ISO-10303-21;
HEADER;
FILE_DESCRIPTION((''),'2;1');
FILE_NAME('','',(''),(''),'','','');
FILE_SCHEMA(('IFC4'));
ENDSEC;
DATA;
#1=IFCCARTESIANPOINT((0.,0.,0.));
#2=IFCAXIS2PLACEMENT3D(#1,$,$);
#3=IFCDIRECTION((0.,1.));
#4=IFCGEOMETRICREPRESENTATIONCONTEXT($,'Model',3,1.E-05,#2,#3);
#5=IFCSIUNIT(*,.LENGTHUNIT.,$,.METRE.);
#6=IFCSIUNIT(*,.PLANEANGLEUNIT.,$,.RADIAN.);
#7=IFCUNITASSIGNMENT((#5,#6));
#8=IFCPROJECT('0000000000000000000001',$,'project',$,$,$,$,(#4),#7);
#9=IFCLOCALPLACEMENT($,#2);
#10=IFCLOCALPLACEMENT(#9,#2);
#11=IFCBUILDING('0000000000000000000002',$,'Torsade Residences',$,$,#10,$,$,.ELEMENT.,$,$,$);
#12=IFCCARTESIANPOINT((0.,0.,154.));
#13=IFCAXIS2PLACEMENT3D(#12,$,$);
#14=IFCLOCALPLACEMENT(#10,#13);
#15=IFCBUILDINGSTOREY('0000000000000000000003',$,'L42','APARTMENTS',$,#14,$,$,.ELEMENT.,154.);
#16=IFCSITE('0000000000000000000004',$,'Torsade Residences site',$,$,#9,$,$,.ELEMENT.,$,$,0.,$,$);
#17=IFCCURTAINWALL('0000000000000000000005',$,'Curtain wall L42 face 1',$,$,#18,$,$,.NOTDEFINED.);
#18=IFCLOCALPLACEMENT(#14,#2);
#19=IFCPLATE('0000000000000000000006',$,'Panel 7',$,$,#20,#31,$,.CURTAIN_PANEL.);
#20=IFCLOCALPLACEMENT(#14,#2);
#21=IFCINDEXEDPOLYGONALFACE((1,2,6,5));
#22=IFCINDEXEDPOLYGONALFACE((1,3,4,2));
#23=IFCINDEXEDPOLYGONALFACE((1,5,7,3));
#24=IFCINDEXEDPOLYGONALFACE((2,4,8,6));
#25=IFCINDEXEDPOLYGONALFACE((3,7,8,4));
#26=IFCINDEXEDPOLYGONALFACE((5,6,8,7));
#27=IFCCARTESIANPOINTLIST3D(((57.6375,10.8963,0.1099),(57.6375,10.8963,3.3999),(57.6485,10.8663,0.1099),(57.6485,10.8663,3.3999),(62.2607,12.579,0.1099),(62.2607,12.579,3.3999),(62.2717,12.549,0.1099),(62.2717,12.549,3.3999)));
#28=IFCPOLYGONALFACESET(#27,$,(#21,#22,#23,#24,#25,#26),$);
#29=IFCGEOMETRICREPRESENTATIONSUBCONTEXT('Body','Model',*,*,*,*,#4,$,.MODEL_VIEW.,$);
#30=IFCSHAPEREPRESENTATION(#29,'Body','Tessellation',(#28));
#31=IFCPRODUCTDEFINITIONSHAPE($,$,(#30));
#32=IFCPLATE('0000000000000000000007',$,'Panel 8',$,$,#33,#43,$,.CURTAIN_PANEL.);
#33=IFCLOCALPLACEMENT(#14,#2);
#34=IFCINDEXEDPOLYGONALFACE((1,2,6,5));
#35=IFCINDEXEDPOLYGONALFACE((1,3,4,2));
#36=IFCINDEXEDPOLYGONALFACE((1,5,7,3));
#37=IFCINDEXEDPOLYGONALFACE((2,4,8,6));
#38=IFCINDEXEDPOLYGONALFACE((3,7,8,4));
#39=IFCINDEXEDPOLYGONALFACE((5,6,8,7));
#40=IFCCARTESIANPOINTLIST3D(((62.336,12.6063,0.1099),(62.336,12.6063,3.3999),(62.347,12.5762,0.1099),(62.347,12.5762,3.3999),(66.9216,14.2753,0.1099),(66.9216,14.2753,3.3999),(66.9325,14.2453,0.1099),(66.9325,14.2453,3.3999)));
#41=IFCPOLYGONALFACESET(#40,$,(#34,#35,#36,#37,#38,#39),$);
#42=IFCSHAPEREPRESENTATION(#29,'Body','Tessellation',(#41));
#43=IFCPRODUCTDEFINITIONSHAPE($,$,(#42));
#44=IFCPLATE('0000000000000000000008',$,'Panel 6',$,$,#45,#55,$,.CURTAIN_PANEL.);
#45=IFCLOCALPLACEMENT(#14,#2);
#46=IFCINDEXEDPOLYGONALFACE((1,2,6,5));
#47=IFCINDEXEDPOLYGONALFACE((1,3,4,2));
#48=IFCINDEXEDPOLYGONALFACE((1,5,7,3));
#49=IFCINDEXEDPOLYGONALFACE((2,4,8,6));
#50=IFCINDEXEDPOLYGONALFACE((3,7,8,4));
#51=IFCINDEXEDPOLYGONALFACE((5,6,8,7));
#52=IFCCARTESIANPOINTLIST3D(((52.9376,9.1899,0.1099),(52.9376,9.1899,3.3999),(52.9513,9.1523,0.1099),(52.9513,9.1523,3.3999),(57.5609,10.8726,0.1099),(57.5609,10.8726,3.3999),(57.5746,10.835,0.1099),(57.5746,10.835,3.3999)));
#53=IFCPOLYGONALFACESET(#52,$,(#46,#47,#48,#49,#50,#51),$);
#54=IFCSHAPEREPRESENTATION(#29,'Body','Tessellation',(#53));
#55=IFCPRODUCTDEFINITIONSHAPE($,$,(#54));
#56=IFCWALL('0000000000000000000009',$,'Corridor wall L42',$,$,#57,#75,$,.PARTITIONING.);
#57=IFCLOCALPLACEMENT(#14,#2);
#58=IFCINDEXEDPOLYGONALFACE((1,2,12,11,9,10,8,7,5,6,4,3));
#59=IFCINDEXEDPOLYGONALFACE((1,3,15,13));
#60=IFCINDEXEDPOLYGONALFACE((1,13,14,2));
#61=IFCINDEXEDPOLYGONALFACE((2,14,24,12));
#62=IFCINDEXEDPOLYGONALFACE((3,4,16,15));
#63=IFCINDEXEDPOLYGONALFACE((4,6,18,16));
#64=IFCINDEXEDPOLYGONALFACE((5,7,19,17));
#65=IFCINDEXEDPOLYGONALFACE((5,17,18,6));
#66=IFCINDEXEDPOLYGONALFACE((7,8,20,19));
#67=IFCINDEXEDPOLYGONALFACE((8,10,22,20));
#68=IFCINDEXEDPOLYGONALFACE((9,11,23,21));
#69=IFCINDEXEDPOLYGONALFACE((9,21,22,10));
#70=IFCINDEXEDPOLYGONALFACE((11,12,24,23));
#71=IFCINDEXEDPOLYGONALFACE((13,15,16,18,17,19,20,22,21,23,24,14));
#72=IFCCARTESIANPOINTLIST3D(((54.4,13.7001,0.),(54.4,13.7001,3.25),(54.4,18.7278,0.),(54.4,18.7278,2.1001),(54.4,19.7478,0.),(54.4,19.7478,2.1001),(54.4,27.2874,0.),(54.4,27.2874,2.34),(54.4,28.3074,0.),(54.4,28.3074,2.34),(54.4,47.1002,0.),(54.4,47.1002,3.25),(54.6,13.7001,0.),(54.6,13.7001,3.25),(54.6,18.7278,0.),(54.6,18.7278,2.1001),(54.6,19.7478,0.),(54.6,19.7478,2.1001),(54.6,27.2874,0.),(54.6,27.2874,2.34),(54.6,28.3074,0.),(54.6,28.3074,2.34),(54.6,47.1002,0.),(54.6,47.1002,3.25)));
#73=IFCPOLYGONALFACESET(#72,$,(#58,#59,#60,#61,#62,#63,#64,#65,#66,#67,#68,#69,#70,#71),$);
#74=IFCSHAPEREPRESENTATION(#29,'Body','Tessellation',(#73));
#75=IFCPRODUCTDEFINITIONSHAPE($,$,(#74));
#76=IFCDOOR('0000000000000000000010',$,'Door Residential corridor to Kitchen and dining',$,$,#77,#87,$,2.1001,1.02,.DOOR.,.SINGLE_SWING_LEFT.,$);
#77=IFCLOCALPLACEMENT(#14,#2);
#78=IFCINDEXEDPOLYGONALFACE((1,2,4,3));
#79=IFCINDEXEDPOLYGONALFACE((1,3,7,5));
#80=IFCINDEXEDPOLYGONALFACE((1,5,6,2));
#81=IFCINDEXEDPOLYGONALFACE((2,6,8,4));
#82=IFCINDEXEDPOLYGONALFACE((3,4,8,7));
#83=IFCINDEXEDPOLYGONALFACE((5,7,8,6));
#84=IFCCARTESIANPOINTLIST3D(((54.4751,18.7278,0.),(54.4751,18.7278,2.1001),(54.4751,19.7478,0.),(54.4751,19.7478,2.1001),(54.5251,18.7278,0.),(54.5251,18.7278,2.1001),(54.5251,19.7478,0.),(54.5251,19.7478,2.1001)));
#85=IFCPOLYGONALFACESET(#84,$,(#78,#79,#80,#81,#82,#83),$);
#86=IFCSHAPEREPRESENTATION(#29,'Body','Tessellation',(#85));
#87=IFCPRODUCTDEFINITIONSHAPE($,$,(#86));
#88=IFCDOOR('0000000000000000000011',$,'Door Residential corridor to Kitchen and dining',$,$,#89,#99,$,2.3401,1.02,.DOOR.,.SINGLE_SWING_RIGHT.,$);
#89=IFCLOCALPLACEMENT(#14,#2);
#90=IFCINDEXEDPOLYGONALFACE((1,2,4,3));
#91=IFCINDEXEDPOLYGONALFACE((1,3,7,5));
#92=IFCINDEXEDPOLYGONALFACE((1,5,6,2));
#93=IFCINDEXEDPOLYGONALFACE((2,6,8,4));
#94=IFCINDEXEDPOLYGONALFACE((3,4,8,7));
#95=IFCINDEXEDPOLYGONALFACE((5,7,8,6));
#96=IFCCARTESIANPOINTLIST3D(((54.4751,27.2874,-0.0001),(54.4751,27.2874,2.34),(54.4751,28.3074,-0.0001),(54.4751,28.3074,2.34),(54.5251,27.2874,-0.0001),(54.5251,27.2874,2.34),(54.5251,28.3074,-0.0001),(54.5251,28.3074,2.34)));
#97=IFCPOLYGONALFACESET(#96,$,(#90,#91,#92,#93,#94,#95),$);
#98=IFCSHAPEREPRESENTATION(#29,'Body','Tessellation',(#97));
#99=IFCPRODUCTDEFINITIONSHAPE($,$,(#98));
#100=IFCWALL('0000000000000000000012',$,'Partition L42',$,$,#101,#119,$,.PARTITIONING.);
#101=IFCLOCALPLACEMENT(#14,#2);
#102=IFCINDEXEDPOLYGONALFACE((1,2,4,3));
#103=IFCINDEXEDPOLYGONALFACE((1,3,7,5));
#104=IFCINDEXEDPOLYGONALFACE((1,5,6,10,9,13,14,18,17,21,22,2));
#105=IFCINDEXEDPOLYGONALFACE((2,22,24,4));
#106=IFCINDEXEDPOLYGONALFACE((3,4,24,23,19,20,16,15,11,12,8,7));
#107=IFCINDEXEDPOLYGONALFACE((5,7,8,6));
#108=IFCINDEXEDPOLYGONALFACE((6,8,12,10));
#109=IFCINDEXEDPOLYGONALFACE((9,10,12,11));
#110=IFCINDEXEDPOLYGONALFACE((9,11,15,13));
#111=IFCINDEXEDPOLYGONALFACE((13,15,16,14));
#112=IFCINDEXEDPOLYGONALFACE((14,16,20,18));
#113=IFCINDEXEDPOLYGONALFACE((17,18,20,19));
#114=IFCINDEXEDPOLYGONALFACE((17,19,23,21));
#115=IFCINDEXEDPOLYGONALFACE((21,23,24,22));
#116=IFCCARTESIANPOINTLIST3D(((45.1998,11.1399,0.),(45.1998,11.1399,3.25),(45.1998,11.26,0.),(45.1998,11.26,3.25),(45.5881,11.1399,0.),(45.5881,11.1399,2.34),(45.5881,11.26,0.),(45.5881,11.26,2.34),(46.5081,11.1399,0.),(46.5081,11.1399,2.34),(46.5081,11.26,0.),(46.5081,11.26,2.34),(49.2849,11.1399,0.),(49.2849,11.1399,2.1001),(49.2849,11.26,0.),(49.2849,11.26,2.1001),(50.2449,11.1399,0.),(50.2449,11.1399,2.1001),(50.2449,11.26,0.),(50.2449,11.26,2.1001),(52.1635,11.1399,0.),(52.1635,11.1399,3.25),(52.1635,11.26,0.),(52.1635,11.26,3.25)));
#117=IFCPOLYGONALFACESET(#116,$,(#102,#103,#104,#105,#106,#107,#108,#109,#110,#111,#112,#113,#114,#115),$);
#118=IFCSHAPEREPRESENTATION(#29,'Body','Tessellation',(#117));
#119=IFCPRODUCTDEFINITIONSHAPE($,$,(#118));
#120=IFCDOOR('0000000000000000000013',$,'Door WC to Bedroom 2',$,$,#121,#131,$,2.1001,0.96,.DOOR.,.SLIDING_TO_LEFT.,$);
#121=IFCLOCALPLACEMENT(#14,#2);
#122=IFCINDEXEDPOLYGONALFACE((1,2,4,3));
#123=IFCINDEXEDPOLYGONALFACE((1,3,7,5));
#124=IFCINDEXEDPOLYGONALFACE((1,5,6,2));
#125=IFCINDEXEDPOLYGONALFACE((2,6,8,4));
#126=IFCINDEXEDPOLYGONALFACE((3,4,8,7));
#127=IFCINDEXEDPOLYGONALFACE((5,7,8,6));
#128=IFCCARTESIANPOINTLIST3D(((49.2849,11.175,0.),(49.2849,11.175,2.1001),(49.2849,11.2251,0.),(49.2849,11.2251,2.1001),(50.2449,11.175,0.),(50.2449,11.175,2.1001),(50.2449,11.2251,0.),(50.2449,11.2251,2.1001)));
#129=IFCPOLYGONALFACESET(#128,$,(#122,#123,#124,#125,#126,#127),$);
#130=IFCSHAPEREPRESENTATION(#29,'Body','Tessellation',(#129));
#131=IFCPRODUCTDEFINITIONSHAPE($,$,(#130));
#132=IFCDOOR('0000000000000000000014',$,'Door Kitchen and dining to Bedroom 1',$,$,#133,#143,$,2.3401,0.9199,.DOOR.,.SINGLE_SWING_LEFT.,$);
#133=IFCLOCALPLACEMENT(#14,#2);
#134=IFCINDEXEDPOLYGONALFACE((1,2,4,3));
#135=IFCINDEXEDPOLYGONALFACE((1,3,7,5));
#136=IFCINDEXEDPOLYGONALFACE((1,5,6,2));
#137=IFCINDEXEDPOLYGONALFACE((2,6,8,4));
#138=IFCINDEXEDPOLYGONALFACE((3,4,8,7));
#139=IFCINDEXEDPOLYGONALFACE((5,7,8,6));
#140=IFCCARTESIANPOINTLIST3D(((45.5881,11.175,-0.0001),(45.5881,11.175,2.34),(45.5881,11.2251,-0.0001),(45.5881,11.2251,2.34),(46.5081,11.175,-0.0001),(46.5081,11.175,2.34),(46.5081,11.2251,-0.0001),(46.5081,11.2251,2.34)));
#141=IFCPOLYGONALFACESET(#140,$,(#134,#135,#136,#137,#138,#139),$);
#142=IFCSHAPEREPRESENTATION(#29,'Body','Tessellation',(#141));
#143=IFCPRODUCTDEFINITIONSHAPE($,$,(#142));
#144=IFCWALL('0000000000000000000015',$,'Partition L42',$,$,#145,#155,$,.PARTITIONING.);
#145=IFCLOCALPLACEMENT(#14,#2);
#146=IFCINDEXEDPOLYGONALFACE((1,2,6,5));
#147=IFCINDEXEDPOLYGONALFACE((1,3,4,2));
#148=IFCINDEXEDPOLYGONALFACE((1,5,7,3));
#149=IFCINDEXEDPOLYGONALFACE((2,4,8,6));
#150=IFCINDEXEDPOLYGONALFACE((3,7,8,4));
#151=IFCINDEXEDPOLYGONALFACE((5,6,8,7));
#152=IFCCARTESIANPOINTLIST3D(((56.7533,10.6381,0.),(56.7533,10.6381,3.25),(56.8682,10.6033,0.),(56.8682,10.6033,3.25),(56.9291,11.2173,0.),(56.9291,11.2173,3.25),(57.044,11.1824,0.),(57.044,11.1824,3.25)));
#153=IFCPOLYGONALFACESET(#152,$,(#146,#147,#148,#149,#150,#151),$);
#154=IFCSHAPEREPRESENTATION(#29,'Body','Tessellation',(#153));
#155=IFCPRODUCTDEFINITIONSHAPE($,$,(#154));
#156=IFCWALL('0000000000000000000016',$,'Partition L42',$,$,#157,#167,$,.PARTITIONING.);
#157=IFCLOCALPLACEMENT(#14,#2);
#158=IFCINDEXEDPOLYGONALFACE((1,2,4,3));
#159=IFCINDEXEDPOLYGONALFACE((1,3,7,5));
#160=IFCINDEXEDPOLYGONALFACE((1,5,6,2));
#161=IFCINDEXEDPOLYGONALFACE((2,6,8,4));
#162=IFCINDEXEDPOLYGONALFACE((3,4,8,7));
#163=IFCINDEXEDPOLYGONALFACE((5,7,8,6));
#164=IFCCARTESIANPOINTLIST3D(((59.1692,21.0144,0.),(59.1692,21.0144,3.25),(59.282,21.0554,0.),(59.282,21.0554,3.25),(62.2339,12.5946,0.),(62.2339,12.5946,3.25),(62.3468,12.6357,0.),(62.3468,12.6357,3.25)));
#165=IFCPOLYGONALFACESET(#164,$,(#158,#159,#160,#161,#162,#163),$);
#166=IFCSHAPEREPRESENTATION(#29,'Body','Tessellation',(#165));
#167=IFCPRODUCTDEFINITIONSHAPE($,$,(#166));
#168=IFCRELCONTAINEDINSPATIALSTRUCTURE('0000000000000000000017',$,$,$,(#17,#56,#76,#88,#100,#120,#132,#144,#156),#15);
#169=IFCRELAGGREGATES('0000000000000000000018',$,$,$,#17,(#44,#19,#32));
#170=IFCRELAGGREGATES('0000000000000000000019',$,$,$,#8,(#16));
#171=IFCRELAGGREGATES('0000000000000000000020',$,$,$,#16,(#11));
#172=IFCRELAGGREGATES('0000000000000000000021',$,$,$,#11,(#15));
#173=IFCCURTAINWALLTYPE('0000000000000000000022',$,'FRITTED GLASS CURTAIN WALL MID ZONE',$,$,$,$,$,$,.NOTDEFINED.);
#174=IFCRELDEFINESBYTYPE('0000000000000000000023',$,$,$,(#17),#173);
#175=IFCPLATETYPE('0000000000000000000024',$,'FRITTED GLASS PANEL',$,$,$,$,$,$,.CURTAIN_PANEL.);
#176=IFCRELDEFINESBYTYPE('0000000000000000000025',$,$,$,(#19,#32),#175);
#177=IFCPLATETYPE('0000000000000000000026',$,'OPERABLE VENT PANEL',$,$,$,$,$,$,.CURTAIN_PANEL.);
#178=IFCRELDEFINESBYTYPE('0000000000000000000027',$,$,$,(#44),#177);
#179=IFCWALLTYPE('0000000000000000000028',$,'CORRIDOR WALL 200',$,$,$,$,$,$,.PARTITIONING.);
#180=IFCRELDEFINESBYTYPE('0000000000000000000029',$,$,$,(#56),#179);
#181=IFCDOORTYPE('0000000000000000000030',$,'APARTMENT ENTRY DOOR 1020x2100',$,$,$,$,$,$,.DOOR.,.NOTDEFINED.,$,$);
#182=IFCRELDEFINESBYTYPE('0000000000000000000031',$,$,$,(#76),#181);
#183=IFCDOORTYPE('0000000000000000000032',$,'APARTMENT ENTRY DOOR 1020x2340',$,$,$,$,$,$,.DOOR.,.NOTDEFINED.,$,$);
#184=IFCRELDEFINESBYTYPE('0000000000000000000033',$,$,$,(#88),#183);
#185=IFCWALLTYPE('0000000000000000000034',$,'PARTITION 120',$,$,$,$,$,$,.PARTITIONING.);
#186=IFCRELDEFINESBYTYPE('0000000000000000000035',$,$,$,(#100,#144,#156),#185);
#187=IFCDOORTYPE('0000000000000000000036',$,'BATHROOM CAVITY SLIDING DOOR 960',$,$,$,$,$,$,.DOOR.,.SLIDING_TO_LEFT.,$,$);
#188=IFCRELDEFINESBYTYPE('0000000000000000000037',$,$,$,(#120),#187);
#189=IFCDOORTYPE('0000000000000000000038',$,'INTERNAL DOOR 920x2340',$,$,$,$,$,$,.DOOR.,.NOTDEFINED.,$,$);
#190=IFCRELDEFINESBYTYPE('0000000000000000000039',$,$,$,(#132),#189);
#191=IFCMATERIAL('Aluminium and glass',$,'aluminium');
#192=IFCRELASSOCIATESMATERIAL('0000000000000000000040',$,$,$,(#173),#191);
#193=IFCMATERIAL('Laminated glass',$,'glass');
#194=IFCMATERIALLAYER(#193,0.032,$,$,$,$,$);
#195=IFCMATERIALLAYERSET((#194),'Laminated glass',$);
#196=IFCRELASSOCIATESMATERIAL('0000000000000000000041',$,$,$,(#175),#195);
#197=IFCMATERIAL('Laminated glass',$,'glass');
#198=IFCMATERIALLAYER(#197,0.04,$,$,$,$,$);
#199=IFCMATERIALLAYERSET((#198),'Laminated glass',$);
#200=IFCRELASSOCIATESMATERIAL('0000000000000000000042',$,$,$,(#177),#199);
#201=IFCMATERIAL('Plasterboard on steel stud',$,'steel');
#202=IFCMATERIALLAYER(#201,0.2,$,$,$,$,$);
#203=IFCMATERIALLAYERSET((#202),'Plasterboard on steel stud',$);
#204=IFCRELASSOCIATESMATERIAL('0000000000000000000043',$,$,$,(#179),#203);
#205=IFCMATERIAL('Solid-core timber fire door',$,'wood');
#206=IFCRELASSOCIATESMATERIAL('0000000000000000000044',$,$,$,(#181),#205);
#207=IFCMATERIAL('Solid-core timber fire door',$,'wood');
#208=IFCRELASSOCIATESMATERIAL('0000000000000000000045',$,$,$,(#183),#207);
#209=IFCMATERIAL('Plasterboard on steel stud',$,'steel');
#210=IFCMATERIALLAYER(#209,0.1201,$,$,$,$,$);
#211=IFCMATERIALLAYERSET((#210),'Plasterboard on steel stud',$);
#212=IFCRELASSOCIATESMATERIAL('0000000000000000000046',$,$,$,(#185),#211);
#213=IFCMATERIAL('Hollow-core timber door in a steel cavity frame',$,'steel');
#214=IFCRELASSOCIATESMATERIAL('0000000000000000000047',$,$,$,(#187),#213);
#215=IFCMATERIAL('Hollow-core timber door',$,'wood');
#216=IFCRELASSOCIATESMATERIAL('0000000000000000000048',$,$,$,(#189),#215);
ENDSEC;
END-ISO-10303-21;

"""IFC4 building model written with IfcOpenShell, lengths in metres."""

from ifc_helpers import new_model, si_unit, direction, frame, frame_2d, origin, origin_2d, place, context, subcontext, project, spatial, rectangle, extrude, material, layer, layer_set, type_object, element, fill, aggregate, save


model = new_model("IFC4")

# Units and contexts
model_context = context("Model", 3, precision=1e-05, world=origin(), true_north=direction((0.0, 1.0)))
body_context = subcontext(model_context, "Body", "Model", "MODEL_VIEW")
ifc_project = project(units=[si_unit("LENGTHUNIT", "METRE"), si_unit("PLANEANGLEUNIT", "RADIAN")], contexts=[model_context])

# Site, building, storey
site_placement = place(None, origin())
site = spatial("IfcSite", under=ifc_project, at=site_placement, Name="Torsade Residences site", CompositionType="ELEMENT", RefElevation=0.0)
building_placement = place(site_placement, origin())
building = spatial("IfcBuilding", under=site, at=building_placement, Name="Torsade Residences", CompositionType="ELEMENT")
storey_placement = place(building_placement, frame((0.0, 0.0, 154.0)))
storey = spatial("IfcBuildingStorey", under=building, at=storey_placement, Name="L42", Description="APARTMENTS", CompositionType="ELEMENT", Elevation=154.0)

# Curtain wall
ifc_material_1 = material(Name="Aluminium and glass", Category="aluminium")
curtain_wall_type = type_object("IfcCurtainWallType", Name="FRITTED GLASS CURTAIN WALL MID ZONE", PredefinedType="NOTDEFINED", material=ifc_material_1)
curtain_wall_placement = place(storey_placement, origin())
curtain_wall = element("IfcCurtainWall", 1, at=curtain_wall_placement, inside=storey, type_object=curtain_wall_type, Name="Curtain wall L42 face 1", PredefinedType="NOTDEFINED")

# Plates
ifc_material_2 = material(Name="Laminated glass", Category="glass")
ifc_layer_1 = layer(ifc_material_2, 0.032)
ifc_layer_set_1 = layer_set([ifc_layer_1], Name="Laminated glass")
plate_type_1 = type_object("IfcPlateType", Name="FRITTED GLASS PANEL", PredefinedType="CURTAIN_PANEL", material=ifc_layer_set_1)
plate_1_placement = place(storey_placement, frame((59.9546, 11.7227, 0.1099), z_axis=(0.0, 0.0, 1.0), x_axis=(0.939693, 0.34202, 0.0)))
plate_1 = element("IfcPlate", 2, at=plate_1_placement, type_object=plate_type_1, Name="Panel 7", PredefinedType="CURTAIN_PANEL", context=body_context, shape_type="SweptSolid", body=[
    extrude(rectangle(XDim=4.9199, YDim=0.032, at=origin_2d()), origin(), (0.0, 0.0, 1.0), 3.29),
])
plate_2_placement = place(storey_placement, frame((64.6343, 13.4258, 0.1099), z_axis=(0.0, 0.0, 1.0), x_axis=(0.939693, 0.34202, 0.0)))
plate_2 = element("IfcPlate", 3, at=plate_2_placement, type_object=plate_type_1, Name="Panel 8", PredefinedType="CURTAIN_PANEL", context=body_context, shape_type="SweptSolid", body=[
    extrude(rectangle(XDim=4.8799, YDim=0.032, at=origin_2d()), origin(), (0.0, 0.0, 1.0), 3.29),
])
ifc_material_3 = material(Name="Laminated glass", Category="glass")
ifc_layer_2 = layer(ifc_material_3, 0.04)
ifc_layer_set_2 = layer_set([ifc_layer_2], Name="Laminated glass")
plate_type_2 = type_object("IfcPlateType", Name="OPERABLE VENT PANEL", PredefinedType="CURTAIN_PANEL", material=ifc_layer_set_2)
plate_3_placement = place(storey_placement, frame((55.2561, 10.0125, 0.1099), z_axis=(0.0, 0.0, 1.0), x_axis=(0.939693, 0.34202, 0.0)))
plate_3 = element("IfcPlate", 4, at=plate_3_placement, type_object=plate_type_2, Name="Panel 6", PredefinedType="CURTAIN_PANEL", context=body_context, shape_type="SweptSolid", body=[
    extrude(rectangle(XDim=4.9199, YDim=0.04, at=origin_2d()), origin(), (0.0, 0.0, 1.0), 3.29),
])
aggregate(curtain_wall, [plate_3, plate_1, plate_2])

# Walls, openings, doors
ifc_material_4 = material(Name="Plasterboard on steel stud", Category="steel")
ifc_layer_3 = layer(ifc_material_4, 0.2)
ifc_layer_set_3 = layer_set([ifc_layer_3], Name="Plasterboard on steel stud")
wall_type_1 = type_object("IfcWallType", Name="CORRIDOR WALL 200", PredefinedType="PARTITIONING", material=ifc_layer_set_3)
wall_1_placement = place(storey_placement, frame((54.5, 13.7, 0.0), z_axis=(0.0, 0.0, 1.0), x_axis=(0.0, 1.0, 0.0)))
wall_1 = element("IfcWall", 5, at=wall_1_placement, inside=storey, type_object=wall_type_1, Name="Corridor wall L42", PredefinedType="PARTITIONING", context=body_context, shape_type="SweptSolid", body=[
    extrude(rectangle(XDim=33.4001, YDim=0.2, at=frame_2d((16.7002, 0.0))), origin(), (0.0, 0.0, 1.0), 3.25),
])
opening_1_placement = place(wall_1_placement, frame((5.0278, 0.0, 0.0)))
opening_1 = element("IfcOpeningElement", 6, at=opening_1_placement, cuts=wall_1, PredefinedType="OPENING", context=body_context, shape_type="SweptSolid", body=[
    extrude(rectangle(XDim=1.02, YDim=2.1001, at=frame_2d((0.51, 1.05))), frame((0.0, 0.1099, 0.0), z_axis=(0.0, -1.0, 0.0), x_axis=(1.0, 0.0, 0.0)), (0.0, 0.0, 1.0), 0.22),
])
opening_2_placement = place(wall_1_placement, frame((13.5874, 0.0, 0.0)))
opening_2 = element("IfcOpeningElement", 7, at=opening_2_placement, cuts=wall_1, PredefinedType="OPENING", context=body_context, shape_type="SweptSolid", body=[
    extrude(rectangle(XDim=1.02, YDim=2.3401, at=frame_2d((0.51, 1.1699))), frame((0.0, 0.1099, 0.0), z_axis=(0.0, -1.0, 0.0), x_axis=(1.0, 0.0, 0.0)), (0.0, 0.0, 1.0), 0.22),
])
ifc_material_5 = material(Name="Solid-core timber fire door", Category="wood")
door_type_1 = type_object("IfcDoorType", Name="APARTMENT ENTRY DOOR 1020x2100", OperationType="NOTDEFINED", PredefinedType="DOOR", material=ifc_material_5)
door_1_placement = place(opening_1_placement, origin())
door_1 = element("IfcDoor", 8, at=door_1_placement, inside=storey, type_object=door_type_1, Name="Door Residential corridor to Kitchen and dining", OperationType="SINGLE_SWING_LEFT", OverallHeight=2.1001, OverallWidth=1.02, PredefinedType="DOOR", context=body_context, shape_type="SweptSolid", body=[
    extrude(rectangle(XDim=1.02, YDim=2.1001, at=frame_2d((0.51, 1.05))), frame((0.0, 0.0249, 0.0), z_axis=(0.0, -1.0, 0.0), x_axis=(1.0, 0.0, 0.0)), (0.0, 0.0, 1.0), 0.05),
])
fill(opening_1, door_1)
ifc_material_6 = material(Name="Solid-core timber fire door", Category="wood")
door_type_2 = type_object("IfcDoorType", Name="APARTMENT ENTRY DOOR 1020x2340", OperationType="NOTDEFINED", PredefinedType="DOOR", material=ifc_material_6)
door_2_placement = place(opening_2_placement, origin())
door_2 = element("IfcDoor", 9, at=door_2_placement, inside=storey, type_object=door_type_2, Name="Door Residential corridor to Kitchen and dining", OperationType="SINGLE_SWING_RIGHT", OverallHeight=2.3401, OverallWidth=1.02, PredefinedType="DOOR", context=body_context, shape_type="SweptSolid", body=[
    extrude(rectangle(XDim=1.02, YDim=2.3401, at=frame_2d((0.51, 1.1699))), frame((0.0, 0.0249, 0.0), z_axis=(0.0, -1.0, 0.0), x_axis=(1.0, 0.0, 0.0)), (0.0, 0.0, 1.0), 0.05),
])
fill(opening_2, door_2)
ifc_material_7 = material(Name="Plasterboard on steel stud", Category="steel")
ifc_layer_4 = layer(ifc_material_7, 0.1201)
ifc_layer_set_4 = layer_set([ifc_layer_4], Name="Plasterboard on steel stud")
wall_type_2 = type_object("IfcWallType", Name="PARTITION 120", PredefinedType="PARTITIONING", material=ifc_layer_set_4)
wall_2_placement = place(storey_placement, frame((52.1636, 11.2, 0.0), z_axis=(0.0, 0.0, 1.0), x_axis=(-1.0, 0.0, 0.0)))
wall_2 = element("IfcWall", 10, at=wall_2_placement, inside=storey, type_object=wall_type_2, Name="Partition L42", PredefinedType="PARTITIONING", context=body_context, shape_type="SweptSolid", body=[
    extrude(rectangle(XDim=6.9636, YDim=0.1201, at=frame_2d((3.4819, 0.0))), origin(), (0.0, 0.0, 1.0), 3.25),
])
opening_3_placement = place(wall_2_placement, frame((5.6555, 0.0, 0.0)))
opening_3 = element("IfcOpeningElement", 11, at=opening_3_placement, cuts=wall_2, PredefinedType="OPENING", context=body_context, shape_type="SweptSolid", body=[
    extrude(rectangle(XDim=0.9199, YDim=2.3401, at=frame_2d((0.46, 1.1699))), frame((0.0, 0.0701, 0.0), z_axis=(0.0, -1.0, 0.0), x_axis=(1.0, 0.0, 0.0)), (0.0, 0.0, 1.0), 0.1401),
])
opening_4_placement = place(wall_2_placement, frame((1.9187, 0.0, 0.0)))
opening_4 = element("IfcOpeningElement", 12, at=opening_4_placement, cuts=wall_2, PredefinedType="OPENING", context=body_context, shape_type="SweptSolid", body=[
    extrude(rectangle(XDim=0.96, YDim=2.1001, at=frame_2d((0.48, 1.05))), frame((0.0, 0.0701, 0.0), z_axis=(0.0, -1.0, 0.0), x_axis=(1.0, 0.0, 0.0)), (0.0, 0.0, 1.0), 0.1401),
])
ifc_material_8 = material(Name="Hollow-core timber door in a steel cavity frame", Category="steel")
door_type_3 = type_object("IfcDoorType", Name="BATHROOM CAVITY SLIDING DOOR 960", OperationType="SLIDING_TO_LEFT", PredefinedType="DOOR", material=ifc_material_8)
door_3_placement = place(opening_4_placement, origin())
door_3 = element("IfcDoor", 13, at=door_3_placement, inside=storey, type_object=door_type_3, Name="Door WC to Bedroom 2", OperationType="SLIDING_TO_LEFT", OverallHeight=2.1001, OverallWidth=0.96, PredefinedType="DOOR", context=body_context, shape_type="SweptSolid", body=[
    extrude(rectangle(XDim=0.96, YDim=2.1001, at=frame_2d((0.48, 1.05))), frame((0.0, 0.0249, 0.0), z_axis=(0.0, -1.0, 0.0), x_axis=(1.0, 0.0, 0.0)), (0.0, 0.0, 1.0), 0.05),
])
fill(opening_4, door_3)
ifc_material_9 = material(Name="Hollow-core timber door", Category="wood")
door_type_4 = type_object("IfcDoorType", Name="INTERNAL DOOR 920x2340", OperationType="NOTDEFINED", PredefinedType="DOOR", material=ifc_material_9)
door_4_placement = place(opening_3_placement, origin())
door_4 = element("IfcDoor", 14, at=door_4_placement, inside=storey, type_object=door_type_4, Name="Door Kitchen and dining to Bedroom 1", OperationType="SINGLE_SWING_LEFT", OverallHeight=2.3401, OverallWidth=0.9199, PredefinedType="DOOR", context=body_context, shape_type="SweptSolid", body=[
    extrude(rectangle(XDim=0.9199, YDim=2.3401, at=frame_2d((0.46, 1.1699))), frame((0.0, 0.0249, 0.0), z_axis=(0.0, -1.0, 0.0), x_axis=(1.0, 0.0, 0.0)), (0.0, 0.0, 1.0), 0.05),
])
fill(opening_3, door_4)

# Walls
wall_3_placement = place(storey_placement, frame((56.9866, 11.2, 0.0), z_axis=(0.0, 0.0, 1.0), x_axis=(-0.290455, -0.956889, 0.0)))
element("IfcWall", 15, at=wall_3_placement, inside=storey, type_object=wall_type_2, Name="Partition L42", PredefinedType="PARTITIONING", context=body_context, shape_type="SweptSolid", body=[
    extrude(rectangle(XDim=0.6052, YDim=0.1201, at=frame_2d((0.3027, 0.0))), origin(), (0.0, 0.0, 1.0), 3.25),
])
wall_4_placement = place(storey_placement, frame((62.2903, 12.6152, 0.0), z_axis=(0.0, 0.0, 1.0), x_axis=(-0.342038, 0.939686, 0.0)))
element("IfcWall", 16, at=wall_4_placement, inside=storey, type_object=wall_type_2, Name="Partition L42", PredefinedType="PARTITIONING", context=body_context, shape_type="SweptSolid", body=[
    extrude(rectangle(XDim=8.9602, YDim=0.1201, at=frame_2d((4.48, 0.0))), origin(), (0.0, 0.0, 1.0), 3.25),
])

save(model, "model.ifc")
